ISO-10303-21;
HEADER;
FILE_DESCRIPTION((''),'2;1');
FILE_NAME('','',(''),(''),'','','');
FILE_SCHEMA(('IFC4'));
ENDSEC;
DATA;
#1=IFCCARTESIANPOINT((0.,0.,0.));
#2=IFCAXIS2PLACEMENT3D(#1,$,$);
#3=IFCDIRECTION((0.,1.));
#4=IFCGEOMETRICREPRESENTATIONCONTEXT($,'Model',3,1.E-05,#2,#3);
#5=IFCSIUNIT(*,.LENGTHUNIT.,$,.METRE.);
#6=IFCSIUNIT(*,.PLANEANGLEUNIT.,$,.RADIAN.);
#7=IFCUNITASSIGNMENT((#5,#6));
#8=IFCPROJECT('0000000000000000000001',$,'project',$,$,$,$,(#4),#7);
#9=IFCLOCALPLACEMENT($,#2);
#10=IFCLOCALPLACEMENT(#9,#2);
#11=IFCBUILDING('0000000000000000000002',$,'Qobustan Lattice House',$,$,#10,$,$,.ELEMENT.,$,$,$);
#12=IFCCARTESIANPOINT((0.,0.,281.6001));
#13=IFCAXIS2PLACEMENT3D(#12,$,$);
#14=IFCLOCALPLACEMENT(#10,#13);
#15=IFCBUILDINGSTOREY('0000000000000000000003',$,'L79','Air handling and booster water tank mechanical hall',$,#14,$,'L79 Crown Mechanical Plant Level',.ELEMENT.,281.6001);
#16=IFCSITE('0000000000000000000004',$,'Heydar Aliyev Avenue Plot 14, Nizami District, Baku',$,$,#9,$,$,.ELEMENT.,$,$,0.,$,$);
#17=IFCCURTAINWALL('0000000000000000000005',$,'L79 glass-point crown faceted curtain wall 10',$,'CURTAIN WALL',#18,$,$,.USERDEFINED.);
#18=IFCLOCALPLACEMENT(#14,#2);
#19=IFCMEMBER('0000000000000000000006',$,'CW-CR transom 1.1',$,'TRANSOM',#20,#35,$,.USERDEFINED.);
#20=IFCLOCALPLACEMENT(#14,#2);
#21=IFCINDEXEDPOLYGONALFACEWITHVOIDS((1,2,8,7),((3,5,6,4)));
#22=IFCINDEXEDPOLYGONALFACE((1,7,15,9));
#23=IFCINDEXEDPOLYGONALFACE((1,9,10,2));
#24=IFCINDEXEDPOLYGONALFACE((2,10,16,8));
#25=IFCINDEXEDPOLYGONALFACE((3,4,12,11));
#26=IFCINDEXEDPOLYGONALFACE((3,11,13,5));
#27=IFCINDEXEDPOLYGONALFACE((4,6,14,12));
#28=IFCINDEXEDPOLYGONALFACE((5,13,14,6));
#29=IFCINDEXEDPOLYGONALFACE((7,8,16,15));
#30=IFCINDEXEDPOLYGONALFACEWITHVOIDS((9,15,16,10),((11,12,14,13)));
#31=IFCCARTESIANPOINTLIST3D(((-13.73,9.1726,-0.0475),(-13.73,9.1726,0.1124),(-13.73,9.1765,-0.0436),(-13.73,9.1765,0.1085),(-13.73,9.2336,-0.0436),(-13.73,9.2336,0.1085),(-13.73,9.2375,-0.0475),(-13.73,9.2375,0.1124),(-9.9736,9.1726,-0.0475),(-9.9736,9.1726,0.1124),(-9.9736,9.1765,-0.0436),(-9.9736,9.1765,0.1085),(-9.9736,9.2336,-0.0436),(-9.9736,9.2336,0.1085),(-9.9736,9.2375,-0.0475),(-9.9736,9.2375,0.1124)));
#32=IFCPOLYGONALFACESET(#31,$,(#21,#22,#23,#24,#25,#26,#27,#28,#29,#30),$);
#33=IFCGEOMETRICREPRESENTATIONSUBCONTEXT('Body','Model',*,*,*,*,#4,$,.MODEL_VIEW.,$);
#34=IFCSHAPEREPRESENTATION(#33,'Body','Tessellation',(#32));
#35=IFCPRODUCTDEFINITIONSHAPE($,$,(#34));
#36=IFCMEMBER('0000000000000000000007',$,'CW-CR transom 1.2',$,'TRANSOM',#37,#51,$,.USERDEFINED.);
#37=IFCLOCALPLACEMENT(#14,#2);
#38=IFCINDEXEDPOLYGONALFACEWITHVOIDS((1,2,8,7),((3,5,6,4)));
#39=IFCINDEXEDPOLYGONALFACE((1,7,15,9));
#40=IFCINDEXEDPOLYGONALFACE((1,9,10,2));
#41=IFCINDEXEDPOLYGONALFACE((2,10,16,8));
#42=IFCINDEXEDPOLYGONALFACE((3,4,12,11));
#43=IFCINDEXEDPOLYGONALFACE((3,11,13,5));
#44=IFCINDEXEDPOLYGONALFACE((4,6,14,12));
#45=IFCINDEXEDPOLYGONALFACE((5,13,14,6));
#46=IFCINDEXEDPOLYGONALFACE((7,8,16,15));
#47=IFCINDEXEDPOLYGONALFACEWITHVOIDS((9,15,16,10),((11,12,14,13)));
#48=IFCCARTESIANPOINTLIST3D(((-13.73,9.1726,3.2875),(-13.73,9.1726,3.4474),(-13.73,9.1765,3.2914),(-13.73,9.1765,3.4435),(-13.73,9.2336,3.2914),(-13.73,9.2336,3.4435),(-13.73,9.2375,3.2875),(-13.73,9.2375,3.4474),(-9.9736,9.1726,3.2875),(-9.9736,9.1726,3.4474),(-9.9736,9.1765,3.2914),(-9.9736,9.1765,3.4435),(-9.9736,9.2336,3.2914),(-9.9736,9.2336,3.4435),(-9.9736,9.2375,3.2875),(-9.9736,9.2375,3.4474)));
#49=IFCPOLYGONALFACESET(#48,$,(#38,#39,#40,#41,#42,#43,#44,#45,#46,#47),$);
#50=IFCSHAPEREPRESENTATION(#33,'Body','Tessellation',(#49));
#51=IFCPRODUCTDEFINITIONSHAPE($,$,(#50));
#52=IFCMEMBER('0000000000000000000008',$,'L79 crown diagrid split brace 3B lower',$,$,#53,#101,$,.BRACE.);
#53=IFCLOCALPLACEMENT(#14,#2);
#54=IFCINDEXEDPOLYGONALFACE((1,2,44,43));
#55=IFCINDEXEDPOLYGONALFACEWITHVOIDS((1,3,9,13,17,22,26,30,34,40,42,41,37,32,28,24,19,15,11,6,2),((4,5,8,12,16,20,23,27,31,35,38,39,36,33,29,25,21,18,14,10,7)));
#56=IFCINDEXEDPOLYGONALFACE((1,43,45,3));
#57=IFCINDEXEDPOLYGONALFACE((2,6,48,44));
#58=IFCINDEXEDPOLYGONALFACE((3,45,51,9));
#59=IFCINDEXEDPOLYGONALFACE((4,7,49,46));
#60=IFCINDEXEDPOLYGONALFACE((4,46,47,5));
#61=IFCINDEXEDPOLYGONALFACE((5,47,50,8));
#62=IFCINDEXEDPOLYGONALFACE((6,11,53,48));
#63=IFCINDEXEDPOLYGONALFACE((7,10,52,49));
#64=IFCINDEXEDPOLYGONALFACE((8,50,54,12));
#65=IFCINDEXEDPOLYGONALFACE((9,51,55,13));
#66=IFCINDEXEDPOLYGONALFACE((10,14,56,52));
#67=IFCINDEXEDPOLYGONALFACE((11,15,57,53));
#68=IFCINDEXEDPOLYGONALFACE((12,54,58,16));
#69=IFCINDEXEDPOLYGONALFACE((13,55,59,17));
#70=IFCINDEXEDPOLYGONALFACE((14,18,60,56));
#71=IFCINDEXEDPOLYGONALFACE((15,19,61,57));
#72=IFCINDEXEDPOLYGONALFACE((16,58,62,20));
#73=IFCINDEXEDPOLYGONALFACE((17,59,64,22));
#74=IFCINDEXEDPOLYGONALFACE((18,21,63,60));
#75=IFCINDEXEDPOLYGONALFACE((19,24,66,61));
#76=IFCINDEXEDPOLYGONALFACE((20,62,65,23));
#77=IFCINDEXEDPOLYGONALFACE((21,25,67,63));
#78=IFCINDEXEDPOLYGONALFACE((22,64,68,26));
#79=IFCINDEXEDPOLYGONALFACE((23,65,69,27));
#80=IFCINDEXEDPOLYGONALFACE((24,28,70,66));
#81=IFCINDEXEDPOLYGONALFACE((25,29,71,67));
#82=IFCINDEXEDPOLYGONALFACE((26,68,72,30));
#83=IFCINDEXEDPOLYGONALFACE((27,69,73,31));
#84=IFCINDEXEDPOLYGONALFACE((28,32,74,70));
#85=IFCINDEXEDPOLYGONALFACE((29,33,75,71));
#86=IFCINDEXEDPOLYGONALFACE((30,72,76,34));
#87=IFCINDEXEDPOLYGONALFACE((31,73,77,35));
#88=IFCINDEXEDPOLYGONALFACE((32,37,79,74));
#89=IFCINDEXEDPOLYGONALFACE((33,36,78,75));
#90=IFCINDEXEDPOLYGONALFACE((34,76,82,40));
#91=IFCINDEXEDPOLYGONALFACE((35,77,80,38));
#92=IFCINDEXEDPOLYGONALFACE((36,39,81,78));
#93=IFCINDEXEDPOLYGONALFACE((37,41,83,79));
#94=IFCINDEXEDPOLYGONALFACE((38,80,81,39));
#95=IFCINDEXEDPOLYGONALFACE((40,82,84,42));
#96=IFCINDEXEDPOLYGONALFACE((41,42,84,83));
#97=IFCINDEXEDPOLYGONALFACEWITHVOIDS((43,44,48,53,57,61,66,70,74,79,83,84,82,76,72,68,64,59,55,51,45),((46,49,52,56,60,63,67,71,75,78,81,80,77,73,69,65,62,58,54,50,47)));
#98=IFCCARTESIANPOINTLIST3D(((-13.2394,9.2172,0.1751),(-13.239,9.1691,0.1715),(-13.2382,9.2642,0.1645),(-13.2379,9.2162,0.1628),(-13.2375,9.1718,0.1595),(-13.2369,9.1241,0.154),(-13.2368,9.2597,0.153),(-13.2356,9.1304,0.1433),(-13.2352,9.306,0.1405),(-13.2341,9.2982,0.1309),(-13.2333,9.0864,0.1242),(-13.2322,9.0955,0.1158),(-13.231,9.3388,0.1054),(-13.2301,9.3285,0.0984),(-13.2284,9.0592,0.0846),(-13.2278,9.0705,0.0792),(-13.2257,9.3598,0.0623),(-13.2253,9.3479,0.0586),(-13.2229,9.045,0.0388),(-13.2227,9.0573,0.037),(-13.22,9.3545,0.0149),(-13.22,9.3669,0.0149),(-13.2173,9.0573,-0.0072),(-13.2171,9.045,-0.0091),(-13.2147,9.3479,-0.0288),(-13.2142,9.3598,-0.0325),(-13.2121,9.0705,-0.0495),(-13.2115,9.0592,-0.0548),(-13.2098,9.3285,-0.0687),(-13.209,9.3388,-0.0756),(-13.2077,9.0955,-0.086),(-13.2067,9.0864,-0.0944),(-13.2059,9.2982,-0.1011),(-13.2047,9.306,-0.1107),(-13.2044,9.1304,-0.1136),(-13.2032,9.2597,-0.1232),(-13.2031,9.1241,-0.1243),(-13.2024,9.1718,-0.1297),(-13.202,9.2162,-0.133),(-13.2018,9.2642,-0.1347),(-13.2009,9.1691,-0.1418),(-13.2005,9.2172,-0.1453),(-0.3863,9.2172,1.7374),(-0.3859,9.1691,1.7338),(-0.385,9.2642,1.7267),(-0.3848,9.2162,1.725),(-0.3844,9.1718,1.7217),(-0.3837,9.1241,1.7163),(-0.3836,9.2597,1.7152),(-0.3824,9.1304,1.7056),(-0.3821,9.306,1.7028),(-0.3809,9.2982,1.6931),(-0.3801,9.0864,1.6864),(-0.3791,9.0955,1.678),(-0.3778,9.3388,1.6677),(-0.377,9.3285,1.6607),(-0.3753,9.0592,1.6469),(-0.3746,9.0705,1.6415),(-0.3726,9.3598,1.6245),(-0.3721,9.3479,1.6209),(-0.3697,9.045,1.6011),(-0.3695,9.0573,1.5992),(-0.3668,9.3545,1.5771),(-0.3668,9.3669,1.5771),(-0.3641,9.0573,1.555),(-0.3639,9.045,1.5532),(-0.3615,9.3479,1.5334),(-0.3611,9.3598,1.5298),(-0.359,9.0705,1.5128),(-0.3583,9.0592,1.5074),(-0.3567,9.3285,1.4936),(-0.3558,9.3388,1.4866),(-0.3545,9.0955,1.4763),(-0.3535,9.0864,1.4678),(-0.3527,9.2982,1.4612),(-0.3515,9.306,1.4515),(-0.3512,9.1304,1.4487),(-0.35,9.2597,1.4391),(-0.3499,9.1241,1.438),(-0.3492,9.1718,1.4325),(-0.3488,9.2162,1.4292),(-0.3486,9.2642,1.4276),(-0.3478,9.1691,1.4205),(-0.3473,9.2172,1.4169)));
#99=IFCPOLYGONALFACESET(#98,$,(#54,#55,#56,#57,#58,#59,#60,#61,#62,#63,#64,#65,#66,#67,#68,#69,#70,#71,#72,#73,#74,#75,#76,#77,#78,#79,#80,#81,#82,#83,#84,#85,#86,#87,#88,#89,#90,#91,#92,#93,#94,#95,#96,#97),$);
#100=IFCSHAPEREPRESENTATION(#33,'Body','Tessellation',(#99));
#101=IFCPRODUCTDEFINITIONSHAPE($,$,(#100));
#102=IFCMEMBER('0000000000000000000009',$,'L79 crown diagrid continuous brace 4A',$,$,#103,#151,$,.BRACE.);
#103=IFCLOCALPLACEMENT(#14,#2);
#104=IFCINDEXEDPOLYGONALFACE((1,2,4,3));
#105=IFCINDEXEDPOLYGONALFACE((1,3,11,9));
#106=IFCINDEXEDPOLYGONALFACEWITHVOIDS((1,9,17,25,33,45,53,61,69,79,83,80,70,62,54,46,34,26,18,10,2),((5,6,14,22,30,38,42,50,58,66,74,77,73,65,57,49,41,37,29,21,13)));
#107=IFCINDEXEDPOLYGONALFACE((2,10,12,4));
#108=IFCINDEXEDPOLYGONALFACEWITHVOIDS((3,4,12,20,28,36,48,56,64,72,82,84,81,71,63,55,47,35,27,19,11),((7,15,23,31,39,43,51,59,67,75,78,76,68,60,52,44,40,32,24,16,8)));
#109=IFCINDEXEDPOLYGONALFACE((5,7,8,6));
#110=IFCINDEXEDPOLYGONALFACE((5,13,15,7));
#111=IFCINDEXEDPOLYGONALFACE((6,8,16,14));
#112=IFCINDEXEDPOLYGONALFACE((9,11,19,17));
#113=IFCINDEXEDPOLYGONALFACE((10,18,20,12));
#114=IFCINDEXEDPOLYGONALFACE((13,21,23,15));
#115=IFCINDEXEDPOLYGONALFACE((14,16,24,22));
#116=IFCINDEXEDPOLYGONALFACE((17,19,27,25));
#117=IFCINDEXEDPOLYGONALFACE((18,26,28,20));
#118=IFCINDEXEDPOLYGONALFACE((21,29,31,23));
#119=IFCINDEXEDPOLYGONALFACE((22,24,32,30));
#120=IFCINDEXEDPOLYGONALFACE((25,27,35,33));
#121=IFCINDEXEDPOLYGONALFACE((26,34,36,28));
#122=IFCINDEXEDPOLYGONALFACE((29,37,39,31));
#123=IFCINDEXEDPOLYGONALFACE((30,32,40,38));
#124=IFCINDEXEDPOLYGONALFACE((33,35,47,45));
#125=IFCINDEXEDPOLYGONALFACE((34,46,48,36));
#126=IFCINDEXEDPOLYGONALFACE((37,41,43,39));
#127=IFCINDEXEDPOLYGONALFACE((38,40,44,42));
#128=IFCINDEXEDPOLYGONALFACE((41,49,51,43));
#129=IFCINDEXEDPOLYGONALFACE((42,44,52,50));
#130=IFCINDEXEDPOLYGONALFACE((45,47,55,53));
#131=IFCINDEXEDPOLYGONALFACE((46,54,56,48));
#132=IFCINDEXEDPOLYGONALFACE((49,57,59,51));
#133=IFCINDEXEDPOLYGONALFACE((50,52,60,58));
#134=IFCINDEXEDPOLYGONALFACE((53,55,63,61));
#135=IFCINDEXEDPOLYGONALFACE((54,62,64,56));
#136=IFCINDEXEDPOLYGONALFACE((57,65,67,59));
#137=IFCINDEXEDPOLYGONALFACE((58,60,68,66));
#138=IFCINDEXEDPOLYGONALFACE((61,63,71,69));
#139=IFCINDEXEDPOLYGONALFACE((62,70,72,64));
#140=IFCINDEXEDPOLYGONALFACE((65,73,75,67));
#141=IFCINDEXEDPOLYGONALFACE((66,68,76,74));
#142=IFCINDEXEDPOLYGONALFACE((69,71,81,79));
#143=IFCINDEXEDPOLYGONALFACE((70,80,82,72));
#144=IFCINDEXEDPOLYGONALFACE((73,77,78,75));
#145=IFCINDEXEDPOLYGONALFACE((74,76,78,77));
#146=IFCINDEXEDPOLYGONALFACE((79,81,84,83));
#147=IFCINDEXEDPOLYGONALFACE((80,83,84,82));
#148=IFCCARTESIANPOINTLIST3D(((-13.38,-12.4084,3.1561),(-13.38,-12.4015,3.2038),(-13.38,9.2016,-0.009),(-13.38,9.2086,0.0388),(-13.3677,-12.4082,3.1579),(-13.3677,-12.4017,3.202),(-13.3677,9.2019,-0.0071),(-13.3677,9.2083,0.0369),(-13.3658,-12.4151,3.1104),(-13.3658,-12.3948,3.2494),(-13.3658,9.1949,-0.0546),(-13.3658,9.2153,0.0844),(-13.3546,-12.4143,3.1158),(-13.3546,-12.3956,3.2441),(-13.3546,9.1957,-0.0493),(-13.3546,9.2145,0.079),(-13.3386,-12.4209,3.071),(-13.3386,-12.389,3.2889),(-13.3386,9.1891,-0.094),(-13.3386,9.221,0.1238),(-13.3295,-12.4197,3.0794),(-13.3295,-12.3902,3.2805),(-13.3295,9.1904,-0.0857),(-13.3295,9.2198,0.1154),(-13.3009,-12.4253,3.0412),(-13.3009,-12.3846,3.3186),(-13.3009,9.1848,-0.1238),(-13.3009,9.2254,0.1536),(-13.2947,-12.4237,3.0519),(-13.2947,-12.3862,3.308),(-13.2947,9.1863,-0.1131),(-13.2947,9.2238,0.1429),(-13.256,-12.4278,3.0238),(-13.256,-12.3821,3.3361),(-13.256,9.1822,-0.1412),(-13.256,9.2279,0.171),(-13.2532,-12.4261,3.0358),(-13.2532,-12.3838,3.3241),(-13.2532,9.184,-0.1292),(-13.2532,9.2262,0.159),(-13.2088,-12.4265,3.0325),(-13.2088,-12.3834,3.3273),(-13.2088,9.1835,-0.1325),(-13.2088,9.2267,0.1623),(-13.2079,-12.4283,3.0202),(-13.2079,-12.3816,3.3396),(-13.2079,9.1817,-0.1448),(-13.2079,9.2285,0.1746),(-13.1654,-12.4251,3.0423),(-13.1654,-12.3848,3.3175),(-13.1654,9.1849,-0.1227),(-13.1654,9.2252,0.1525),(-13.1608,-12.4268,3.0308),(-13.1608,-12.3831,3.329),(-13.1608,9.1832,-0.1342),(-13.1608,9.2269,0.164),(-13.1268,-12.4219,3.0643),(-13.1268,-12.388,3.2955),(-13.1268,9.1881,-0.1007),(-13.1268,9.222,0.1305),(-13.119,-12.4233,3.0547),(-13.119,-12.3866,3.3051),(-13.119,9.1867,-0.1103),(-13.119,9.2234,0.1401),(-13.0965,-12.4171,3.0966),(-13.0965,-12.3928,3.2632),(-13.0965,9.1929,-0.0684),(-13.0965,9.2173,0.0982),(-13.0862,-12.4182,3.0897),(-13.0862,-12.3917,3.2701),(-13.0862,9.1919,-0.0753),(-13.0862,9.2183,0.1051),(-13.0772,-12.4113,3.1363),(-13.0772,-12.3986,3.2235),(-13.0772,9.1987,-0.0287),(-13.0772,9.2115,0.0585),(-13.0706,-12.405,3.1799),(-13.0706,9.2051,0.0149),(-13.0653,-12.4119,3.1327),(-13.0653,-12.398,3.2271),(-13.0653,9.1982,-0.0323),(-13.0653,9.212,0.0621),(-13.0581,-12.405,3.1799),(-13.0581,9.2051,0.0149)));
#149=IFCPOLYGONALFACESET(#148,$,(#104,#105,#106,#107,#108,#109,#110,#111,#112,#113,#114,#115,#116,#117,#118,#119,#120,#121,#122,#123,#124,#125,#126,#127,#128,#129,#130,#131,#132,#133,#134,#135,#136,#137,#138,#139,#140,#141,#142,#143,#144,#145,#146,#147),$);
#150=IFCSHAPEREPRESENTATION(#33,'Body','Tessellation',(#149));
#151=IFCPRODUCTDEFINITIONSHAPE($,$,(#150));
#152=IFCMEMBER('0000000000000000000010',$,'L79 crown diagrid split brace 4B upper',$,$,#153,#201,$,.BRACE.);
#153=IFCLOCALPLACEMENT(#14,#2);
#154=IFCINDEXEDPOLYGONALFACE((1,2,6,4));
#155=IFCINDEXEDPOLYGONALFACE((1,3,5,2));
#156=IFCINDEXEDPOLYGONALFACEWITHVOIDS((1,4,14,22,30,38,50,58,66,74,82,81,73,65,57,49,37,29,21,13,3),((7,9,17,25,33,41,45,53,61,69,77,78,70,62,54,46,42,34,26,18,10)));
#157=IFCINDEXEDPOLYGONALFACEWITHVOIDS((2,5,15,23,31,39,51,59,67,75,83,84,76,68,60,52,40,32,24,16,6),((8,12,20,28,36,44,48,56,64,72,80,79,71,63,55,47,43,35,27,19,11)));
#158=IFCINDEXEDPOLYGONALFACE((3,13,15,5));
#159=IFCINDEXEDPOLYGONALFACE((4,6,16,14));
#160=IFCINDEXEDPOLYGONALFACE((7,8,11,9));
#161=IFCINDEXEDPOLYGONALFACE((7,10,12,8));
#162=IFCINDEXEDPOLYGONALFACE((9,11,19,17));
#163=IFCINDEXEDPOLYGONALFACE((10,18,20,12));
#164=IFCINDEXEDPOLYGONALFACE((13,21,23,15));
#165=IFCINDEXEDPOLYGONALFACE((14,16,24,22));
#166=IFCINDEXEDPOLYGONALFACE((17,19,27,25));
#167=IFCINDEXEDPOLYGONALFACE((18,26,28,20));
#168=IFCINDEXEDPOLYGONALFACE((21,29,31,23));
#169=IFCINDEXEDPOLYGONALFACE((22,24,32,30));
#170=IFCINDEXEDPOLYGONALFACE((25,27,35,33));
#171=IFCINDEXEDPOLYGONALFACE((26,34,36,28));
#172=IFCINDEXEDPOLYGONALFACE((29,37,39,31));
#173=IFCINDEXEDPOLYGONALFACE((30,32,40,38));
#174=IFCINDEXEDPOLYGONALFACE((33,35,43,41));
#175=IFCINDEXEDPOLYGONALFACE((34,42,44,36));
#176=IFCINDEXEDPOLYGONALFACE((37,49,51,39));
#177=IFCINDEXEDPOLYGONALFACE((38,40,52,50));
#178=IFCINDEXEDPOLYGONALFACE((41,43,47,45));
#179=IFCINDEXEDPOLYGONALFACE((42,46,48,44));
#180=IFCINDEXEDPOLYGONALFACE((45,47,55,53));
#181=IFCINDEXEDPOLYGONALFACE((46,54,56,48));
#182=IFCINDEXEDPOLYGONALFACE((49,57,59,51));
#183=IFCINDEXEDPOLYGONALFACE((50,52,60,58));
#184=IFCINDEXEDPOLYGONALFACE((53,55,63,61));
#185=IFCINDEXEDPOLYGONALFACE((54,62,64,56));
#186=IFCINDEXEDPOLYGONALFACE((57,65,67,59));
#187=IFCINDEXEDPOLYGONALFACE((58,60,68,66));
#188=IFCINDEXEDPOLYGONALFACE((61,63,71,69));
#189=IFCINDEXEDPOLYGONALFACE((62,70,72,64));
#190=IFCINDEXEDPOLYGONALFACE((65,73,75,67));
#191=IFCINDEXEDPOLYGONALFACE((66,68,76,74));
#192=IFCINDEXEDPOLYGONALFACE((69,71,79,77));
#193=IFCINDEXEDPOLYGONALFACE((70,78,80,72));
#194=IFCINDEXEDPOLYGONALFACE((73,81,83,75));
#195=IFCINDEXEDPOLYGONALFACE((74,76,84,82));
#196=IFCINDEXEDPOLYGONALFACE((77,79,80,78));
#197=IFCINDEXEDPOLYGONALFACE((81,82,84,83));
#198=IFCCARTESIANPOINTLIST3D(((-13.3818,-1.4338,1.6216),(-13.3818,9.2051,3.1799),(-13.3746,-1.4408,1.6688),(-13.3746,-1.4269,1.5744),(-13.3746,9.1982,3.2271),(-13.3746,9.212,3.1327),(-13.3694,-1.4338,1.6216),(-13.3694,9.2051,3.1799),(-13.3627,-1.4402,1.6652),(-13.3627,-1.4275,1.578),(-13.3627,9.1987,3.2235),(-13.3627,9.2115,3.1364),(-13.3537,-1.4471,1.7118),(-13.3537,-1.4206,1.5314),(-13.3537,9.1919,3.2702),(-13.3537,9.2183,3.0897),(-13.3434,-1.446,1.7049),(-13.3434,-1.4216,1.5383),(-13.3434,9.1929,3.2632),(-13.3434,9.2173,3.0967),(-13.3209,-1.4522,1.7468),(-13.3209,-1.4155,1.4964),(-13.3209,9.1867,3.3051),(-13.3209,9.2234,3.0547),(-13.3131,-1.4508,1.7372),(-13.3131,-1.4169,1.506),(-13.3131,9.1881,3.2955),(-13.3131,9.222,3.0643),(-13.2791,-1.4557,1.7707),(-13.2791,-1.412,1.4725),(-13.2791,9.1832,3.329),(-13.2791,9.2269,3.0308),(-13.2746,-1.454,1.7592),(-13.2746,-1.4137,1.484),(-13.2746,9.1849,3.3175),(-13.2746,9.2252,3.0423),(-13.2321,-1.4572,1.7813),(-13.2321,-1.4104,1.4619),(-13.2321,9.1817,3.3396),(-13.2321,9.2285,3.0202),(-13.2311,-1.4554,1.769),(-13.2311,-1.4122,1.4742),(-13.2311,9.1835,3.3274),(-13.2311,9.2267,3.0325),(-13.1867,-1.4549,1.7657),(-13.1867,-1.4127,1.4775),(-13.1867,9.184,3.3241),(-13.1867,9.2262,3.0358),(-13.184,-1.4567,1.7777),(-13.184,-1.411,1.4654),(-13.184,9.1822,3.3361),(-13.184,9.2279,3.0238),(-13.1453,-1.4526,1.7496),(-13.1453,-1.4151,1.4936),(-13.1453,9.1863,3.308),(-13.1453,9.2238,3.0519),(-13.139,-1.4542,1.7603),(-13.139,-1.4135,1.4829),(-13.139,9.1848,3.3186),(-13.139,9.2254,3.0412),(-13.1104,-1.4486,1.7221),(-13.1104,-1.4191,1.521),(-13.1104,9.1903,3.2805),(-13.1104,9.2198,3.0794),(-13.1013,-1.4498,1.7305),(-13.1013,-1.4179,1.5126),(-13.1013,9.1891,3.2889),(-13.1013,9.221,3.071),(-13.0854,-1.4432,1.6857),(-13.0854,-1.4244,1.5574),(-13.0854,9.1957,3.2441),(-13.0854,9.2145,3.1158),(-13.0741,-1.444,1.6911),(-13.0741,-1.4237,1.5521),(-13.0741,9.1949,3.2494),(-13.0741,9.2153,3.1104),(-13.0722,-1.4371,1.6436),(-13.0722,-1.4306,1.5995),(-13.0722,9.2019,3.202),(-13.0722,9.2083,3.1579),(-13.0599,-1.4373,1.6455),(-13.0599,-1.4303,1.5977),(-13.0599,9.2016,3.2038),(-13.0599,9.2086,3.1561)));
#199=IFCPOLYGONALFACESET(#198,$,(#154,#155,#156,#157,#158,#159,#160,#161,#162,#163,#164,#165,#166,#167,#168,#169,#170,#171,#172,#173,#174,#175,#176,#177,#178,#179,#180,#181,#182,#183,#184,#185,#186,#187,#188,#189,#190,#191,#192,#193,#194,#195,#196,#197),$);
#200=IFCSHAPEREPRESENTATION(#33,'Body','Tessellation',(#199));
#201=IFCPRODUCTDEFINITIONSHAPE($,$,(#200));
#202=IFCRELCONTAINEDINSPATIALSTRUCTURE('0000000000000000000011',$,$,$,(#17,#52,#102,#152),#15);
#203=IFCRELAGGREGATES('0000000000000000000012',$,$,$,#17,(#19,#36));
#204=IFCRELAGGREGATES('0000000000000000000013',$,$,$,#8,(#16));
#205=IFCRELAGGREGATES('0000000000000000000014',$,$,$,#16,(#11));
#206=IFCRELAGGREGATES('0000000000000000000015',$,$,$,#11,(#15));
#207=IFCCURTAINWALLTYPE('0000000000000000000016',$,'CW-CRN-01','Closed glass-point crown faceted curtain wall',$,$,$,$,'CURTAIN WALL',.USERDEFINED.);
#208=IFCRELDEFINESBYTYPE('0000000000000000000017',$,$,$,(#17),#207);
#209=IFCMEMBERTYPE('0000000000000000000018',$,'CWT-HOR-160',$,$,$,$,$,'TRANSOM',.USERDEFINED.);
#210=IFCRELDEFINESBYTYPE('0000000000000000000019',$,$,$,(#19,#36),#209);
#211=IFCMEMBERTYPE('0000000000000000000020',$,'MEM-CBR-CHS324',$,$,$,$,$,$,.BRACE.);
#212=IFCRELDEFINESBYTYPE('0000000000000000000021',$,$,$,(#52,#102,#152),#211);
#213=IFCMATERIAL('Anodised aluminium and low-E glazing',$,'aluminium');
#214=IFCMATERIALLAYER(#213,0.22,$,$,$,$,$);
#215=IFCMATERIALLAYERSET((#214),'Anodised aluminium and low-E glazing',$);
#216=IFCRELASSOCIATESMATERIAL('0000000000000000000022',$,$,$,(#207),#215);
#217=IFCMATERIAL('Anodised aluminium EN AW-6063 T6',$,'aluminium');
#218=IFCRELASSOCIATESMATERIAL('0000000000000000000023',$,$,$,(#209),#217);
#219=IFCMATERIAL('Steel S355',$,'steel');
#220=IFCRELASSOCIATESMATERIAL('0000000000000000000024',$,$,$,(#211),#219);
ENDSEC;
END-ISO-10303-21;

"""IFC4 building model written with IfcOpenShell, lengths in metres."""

from ifc_helpers import new_model, si_unit, direction, frame, origin, origin_2d, place, context, subcontext, project, spatial, hollow_rectangle, hollow_circle, extrude, material, layer, layer_set, material_profile, profile_set, type_object, element, aggregate, save


model = new_model("IFC4")

# Units and contexts
model_context = context("Model", 3, precision=1e-05, world=origin(), true_north=direction((0.0, 1.0)))
body_context = subcontext(model_context, "Body", "Model", "MODEL_VIEW")
ifc_project = project(units=[si_unit("LENGTHUNIT", "METRE"), si_unit("PLANEANGLEUNIT", "RADIAN")], contexts=[model_context])

# Site, building, storey
site_placement = place(None, origin())
site = spatial("IfcSite", under=ifc_project, at=site_placement, Name="Heydar Aliyev Avenue Plot 14, Nizami District, Baku", CompositionType="ELEMENT", RefElevation=0.0)
building_placement = place(site_placement, origin())
building = spatial("IfcBuilding", under=site, at=building_placement, Name="Qobustan Lattice House", CompositionType="ELEMENT")
storey_placement = place(building_placement, frame((0.0, 0.0, 281.6001)))
storey = spatial("IfcBuildingStorey", under=building, at=storey_placement, Name="L79", Description="Air handling and booster water tank mechanical hall", LongName="L79 Crown Mechanical Plant Level", CompositionType="ELEMENT", Elevation=281.6001)

# Shared definitions
ifc_material_1 = material(Name="Anodised aluminium and low-E glazing", Category="aluminium")
ifc_layer_1 = layer(ifc_material_1, 0.22)
ifc_layer_set_1 = layer_set([ifc_layer_1], Name="Anodised aluminium and low-E glazing")
curtain_wall_type = type_object("IfcCurtainWallType", Name="CW-CRN-01", Description="Closed glass-point crown faceted curtain wall", ElementType="CURTAIN WALL", PredefinedType="USERDEFINED", material=ifc_layer_set_1)

# Curtain wall
curtain_wall_1_placement = place(storey_placement, origin())
curtain_wall_1 = element("IfcCurtainWall", 1, at=curtain_wall_1_placement, inside=storey, type_object=curtain_wall_type, Name="L79 glass-point crown faceted curtain wall 10", ObjectType="CURTAIN WALL", PredefinedType="USERDEFINED")

# Members
ifc_material_2 = material(Name="Anodised aluminium EN AW-6063 T6", Category="aluminium")
ifc_material_profile_1 = material_profile(ifc_material_2, hollow_rectangle(XDim=0.0649, YDim=0.1599, WallThickness=0.0039, at=origin_2d()), Name="CWT-160x65")
ifc_profile_set_1 = profile_set([ifc_material_profile_1], Name="Anodised aluminium EN AW-6063 T6")
member_type_1 = type_object("IfcMemberType", Name="CWT-HOR-160", ElementType="TRANSOM", PredefinedType="USERDEFINED", material=ifc_profile_set_1)
member_1_placement = place(storey_placement, frame((-13.73, 9.2051, 0.0325), z_axis=(1.0, 0.0, 0.0), x_axis=(0.0, 1.0, 0.0)))
member_1 = element("IfcMember", 2, at=member_1_placement, type_object=member_type_1, Name="CW-CR transom 1.1", ObjectType="TRANSOM", PredefinedType="USERDEFINED", context=body_context, shape_type="SweptSolid", body=[
    extrude(hollow_rectangle(XDim=0.0649, YDim=0.1599, WallThickness=0.0039, at=origin_2d()), origin(), (0.0, 0.0, 1.0), 3.7563),
])
member_2_placement = place(storey_placement, frame((-13.73, 9.2051, 3.3674), z_axis=(1.0, 0.0, 0.0), x_axis=(0.0, 1.0, 0.0)))
member_2 = element("IfcMember", 3, at=member_2_placement, type_object=member_type_1, Name="CW-CR transom 1.2", ObjectType="TRANSOM", PredefinedType="USERDEFINED", context=body_context, shape_type="SweptSolid", body=[
    extrude(hollow_rectangle(XDim=0.0649, YDim=0.1599, WallThickness=0.0039, at=origin_2d()), origin(), (0.0, 0.0, 1.0), 3.7563),
])
aggregate(curtain_wall_1, [member_1, member_2])

# Members
ifc_material_3 = material(Name="Steel S355", Category="steel")
ifc_material_profile_2 = material_profile(ifc_material_3, hollow_circle(Radius=0.1619, WallThickness=0.0125, at=origin_2d()), Name="CHS323.9x12.5")
ifc_profile_set_2 = profile_set([ifc_material_profile_2], Name="Steel S355")
member_type_2 = type_object("IfcMemberType", Name="MEM-CBR-CHS324", PredefinedType="BRACE", material=ifc_profile_set_2)
member_3_placement = place(storey_placement, frame((-13.22, 9.2051, 0.0149), z_axis=(0.992694, 0.0, 0.120657), x_axis=(0.0, 1.0, 0.0)))
element("IfcMember", 4, at=member_3_placement, inside=storey, type_object=member_type_2, Name="L79 crown diagrid split brace 3B lower", PredefinedType="BRACE", context=body_context, shape_type="SweptSolid", body=[
    extrude(hollow_circle(Radius=0.1619, WallThickness=0.0125, at=origin_2d()), origin(), (0.0, 0.0, 1.0), 12.9478),
])
member_4_placement = place(storey_placement, frame((-13.22, 9.2051, 0.0149), z_axis=(0.0, -0.989444, 0.144915), x_axis=(1.0, 0.0, 0.0)))
element("IfcMember", 5, at=member_4_placement, inside=storey, type_object=member_type_2, Name="L79 crown diagrid continuous brace 4A", PredefinedType="BRACE", context=body_context, shape_type="SweptSolid", body=[
    extrude(hollow_circle(Radius=0.1619, WallThickness=0.0125, at=origin_2d()), origin(), (0.0, 0.0, 1.0), 21.8406),
])
member_5_placement = place(storey_placement, frame((-13.22, -1.4338, 1.6216), z_axis=(0.0, 0.989442, 0.14493), x_axis=(-1.0, 0.0, 0.0)))
element("IfcMember", 6, at=member_5_placement, inside=storey, type_object=member_type_2, Name="L79 crown diagrid split brace 4B upper", PredefinedType="BRACE", context=body_context, shape_type="SweptSolid", body=[
    extrude(hollow_circle(Radius=0.1619, WallThickness=0.0125, at=origin_2d()), origin(), (0.0, 0.0, 1.0), 10.7524),
])

save(model, "model.ifc")
